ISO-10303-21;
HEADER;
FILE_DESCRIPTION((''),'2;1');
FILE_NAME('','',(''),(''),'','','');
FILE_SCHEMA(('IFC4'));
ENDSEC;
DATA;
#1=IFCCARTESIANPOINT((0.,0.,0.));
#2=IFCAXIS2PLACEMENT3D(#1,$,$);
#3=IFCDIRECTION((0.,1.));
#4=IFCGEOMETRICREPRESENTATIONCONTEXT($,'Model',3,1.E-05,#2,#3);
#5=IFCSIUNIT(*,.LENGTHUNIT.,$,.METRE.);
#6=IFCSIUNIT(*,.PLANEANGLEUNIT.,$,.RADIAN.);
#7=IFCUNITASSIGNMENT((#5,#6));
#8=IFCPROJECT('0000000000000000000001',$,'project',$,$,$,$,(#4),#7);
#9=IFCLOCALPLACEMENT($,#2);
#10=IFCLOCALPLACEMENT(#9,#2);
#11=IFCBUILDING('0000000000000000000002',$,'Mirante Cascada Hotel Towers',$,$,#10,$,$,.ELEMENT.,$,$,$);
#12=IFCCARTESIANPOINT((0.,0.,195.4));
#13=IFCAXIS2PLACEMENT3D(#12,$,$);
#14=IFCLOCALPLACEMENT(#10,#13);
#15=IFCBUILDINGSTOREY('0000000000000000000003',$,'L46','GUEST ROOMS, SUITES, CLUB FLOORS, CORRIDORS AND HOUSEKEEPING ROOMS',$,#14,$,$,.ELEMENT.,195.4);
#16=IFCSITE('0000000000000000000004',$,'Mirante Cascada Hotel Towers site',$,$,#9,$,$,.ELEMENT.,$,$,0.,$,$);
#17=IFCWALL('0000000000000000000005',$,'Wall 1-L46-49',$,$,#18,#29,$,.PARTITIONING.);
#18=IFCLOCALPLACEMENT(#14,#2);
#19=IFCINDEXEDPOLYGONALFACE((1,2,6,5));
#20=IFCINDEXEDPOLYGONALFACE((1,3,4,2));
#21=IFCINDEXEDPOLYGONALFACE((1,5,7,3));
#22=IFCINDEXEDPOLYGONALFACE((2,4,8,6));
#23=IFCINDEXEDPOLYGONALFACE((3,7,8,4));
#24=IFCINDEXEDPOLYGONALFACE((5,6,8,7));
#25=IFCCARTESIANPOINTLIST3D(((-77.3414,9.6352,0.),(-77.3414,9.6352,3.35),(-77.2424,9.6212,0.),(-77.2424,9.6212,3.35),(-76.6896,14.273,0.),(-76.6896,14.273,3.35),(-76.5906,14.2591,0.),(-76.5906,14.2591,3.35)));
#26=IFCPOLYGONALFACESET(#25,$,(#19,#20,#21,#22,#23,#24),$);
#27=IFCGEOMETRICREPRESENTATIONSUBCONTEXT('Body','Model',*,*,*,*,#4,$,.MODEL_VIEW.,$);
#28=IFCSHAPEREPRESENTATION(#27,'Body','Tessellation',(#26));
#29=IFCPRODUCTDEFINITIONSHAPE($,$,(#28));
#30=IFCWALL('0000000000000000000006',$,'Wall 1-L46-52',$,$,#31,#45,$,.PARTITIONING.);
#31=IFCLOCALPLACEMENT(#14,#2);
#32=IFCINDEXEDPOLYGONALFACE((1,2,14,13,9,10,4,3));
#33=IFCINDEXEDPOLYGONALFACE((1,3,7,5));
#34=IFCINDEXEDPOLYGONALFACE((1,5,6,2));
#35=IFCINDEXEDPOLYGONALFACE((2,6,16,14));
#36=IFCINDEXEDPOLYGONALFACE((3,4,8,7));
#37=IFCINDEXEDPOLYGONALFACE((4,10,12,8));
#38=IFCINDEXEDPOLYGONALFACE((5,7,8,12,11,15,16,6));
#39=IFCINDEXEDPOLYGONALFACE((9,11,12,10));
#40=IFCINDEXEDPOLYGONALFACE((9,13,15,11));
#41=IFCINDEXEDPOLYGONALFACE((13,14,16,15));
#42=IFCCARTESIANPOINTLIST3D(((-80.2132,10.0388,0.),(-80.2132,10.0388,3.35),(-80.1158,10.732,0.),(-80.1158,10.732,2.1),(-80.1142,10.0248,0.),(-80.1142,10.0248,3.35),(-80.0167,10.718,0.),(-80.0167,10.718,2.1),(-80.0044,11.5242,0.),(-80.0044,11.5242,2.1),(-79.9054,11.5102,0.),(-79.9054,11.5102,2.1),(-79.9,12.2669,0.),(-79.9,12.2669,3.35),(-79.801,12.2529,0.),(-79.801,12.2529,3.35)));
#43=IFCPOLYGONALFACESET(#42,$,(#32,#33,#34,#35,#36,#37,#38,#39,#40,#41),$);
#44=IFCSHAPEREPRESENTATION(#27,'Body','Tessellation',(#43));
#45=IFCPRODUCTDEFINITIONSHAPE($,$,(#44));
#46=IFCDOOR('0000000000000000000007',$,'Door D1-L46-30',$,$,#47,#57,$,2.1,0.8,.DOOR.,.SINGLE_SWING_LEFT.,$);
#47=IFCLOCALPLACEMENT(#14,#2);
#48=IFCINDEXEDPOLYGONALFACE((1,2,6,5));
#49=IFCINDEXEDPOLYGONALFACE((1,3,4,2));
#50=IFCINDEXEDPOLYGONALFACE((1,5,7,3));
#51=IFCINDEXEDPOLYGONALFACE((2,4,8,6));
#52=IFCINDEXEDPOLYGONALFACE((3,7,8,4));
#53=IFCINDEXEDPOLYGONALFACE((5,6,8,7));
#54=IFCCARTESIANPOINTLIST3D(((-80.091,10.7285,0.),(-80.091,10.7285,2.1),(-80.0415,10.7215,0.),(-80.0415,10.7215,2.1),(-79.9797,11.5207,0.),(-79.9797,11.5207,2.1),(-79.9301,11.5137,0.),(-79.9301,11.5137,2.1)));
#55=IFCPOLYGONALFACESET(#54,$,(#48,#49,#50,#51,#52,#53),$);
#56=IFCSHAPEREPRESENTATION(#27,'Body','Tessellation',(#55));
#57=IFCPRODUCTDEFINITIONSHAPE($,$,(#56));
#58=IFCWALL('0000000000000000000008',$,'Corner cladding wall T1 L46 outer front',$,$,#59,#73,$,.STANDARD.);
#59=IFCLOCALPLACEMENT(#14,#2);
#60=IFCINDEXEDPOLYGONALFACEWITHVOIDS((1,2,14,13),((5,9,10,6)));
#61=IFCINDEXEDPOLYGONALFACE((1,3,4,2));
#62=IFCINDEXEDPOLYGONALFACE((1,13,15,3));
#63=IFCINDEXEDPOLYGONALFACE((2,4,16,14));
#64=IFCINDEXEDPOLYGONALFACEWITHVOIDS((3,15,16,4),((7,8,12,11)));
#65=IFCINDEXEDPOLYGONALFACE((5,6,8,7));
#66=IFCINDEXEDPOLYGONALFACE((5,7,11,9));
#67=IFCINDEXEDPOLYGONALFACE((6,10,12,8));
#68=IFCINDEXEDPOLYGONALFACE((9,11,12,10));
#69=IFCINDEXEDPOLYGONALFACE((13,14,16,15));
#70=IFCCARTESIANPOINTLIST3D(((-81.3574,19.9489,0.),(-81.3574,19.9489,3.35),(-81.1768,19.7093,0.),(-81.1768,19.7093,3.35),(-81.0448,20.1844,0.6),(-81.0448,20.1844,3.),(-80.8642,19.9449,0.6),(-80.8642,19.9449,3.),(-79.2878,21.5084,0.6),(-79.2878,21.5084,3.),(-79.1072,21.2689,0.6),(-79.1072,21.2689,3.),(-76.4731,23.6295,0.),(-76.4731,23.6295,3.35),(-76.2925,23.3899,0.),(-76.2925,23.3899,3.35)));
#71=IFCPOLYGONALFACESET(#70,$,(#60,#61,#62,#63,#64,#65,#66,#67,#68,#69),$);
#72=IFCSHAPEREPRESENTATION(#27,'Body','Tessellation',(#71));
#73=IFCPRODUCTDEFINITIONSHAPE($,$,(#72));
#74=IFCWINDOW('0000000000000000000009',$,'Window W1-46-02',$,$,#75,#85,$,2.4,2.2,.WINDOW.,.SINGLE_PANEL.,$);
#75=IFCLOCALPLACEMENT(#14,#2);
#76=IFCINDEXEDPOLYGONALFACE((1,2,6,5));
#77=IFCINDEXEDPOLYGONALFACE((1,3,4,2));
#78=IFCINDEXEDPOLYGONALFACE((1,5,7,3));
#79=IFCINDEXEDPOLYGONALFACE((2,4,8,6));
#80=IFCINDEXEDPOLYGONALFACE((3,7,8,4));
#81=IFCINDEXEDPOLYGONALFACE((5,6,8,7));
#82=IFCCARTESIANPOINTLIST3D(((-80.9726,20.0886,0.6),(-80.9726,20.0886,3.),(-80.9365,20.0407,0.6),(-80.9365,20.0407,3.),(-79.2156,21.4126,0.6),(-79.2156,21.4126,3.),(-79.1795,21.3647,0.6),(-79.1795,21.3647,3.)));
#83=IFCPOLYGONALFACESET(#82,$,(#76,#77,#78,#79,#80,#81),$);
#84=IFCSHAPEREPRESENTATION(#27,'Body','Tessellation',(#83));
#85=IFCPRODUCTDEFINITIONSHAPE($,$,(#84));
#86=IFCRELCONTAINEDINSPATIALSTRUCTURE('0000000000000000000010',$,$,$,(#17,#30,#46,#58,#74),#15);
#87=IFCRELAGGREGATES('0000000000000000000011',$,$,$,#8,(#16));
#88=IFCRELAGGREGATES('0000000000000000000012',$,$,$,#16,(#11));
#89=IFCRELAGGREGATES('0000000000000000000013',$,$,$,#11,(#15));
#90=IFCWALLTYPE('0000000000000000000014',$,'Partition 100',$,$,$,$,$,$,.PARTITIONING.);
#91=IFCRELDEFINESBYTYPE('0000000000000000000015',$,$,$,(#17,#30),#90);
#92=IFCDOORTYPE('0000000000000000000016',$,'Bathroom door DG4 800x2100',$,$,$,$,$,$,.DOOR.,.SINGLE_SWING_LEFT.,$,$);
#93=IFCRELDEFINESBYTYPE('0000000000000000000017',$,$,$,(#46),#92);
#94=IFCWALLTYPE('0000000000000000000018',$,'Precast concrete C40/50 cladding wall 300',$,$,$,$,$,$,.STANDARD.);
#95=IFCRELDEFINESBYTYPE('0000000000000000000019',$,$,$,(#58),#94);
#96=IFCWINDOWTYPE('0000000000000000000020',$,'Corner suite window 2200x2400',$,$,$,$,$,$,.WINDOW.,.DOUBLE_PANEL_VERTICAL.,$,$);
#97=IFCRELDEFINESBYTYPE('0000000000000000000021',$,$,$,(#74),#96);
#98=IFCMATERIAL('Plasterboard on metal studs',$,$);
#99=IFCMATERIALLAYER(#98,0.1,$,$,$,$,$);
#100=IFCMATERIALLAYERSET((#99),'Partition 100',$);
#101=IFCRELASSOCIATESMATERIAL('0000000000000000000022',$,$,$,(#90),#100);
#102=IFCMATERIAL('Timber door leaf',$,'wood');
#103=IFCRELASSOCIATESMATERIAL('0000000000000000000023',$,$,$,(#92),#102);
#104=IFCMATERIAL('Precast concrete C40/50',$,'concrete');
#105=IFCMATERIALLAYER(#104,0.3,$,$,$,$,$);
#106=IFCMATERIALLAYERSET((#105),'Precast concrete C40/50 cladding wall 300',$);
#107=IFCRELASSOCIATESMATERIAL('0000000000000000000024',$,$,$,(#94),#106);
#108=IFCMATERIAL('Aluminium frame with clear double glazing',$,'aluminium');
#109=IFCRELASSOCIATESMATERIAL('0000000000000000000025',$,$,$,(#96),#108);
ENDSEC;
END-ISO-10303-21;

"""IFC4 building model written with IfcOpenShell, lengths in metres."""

from ifc_helpers import new_model, si_unit, direction, frame, frame_2d, origin, place, context, subcontext, project, spatial, rectangle, extrude, material, layer, layer_set, type_object, element, fill, save


model = new_model("IFC4")

# Units and contexts
model_context = context("Model", 3, precision=1e-05, world=origin(), true_north=direction((0.0, 1.0)))
body_context = subcontext(model_context, "Body", "Model", "MODEL_VIEW")
ifc_project = project(units=[si_unit("LENGTHUNIT", "METRE"), si_unit("PLANEANGLEUNIT", "RADIAN")], contexts=[model_context])

# Site, building, storey
site_placement = place(None, origin())
site = spatial("IfcSite", under=ifc_project, at=site_placement, Name="Mirante Cascada Hotel Towers site", CompositionType="ELEMENT", RefElevation=0.0)
building_placement = place(site_placement, origin())
building = spatial("IfcBuilding", under=site, at=building_placement, Name="Mirante Cascada Hotel Towers", CompositionType="ELEMENT")
storey_placement = place(building_placement, frame((0.0, 0.0, 195.4)))
storey = spatial("IfcBuildingStorey", under=building, at=storey_placement, Name="L46", Description="GUEST ROOMS, SUITES, CLUB FLOORS, CORRIDORS AND HOUSEKEEPING ROOMS", CompositionType="ELEMENT", Elevation=195.4)

# Shared definitions
ifc_material_1 = material(Name="Plasterboard on metal studs")
ifc_layer_1 = layer(ifc_material_1, 0.1)
ifc_layer_set_1 = layer_set([ifc_layer_1], Name="Partition 100")
wall_type_1 = type_object("IfcWallType", Name="Partition 100", PredefinedType="PARTITIONING", material=ifc_layer_set_1)

# Shared definitions
ifc_material_2 = material(Name="Timber door leaf", Category="wood")
door_type_1 = type_object("IfcDoorType", Name="Bathroom door DG4 800x2100", OperationType="SINGLE_SWING_LEFT", PredefinedType="DOOR", material=ifc_material_2)

# Wall
wall_1_placement = place(storey_placement, frame((-77.2919, 9.6282, 0.0), z_axis=(0.0, 0.0, 1.0), x_axis=(0.139173, 0.990268, 0.0)))
element("IfcWall", 1, at=wall_1_placement, inside=storey, type_object=wall_type_1, Name="Wall 1-L46-49", PredefinedType="PARTITIONING", context=body_context, shape_type="SweptSolid", body=[
    extrude(rectangle(XDim=4.6834, YDim=0.1, at=frame_2d((2.3417, 0.0))), origin(), (0.0, 0.0, 1.0), 3.35),
])

# Wall, opening, door
wall_2_placement = place(storey_placement, frame((-79.8505, 12.2599, 0.0), z_axis=(0.0, 0.0, 1.0), x_axis=(-0.1392, -0.990264, 0.0)))
wall_2 = element("IfcWall", 2, at=wall_2_placement, inside=storey, type_object=wall_type_1, Name="Wall 1-L46-52", PredefinedType="PARTITIONING", context=body_context, shape_type="SweptSolid", body=[
    extrude(rectangle(XDim=2.25, YDim=0.1, at=frame_2d((1.125, 0.0))), origin(), (0.0, 0.0, 1.0), 3.35),
])
opening_1_placement = place(wall_2_placement, frame((0.75, 0.0, 0.0)))
opening_1 = element("IfcOpeningElement", 3, at=opening_1_placement, cuts=wall_2, PredefinedType="OPENING", context=body_context, shape_type="SweptSolid", body=[
    extrude(rectangle(XDim=0.8, YDim=2.1, at=frame_2d((0.4, 1.05))), frame((0.0, 0.05, 0.0), z_axis=(0.0, -1.0, 0.0), x_axis=(1.0, 0.0, 0.0)), (0.0, 0.0, 1.0), 0.1),
])
door_1_placement = place(opening_1_placement, origin())
door_1 = element("IfcDoor", 4, at=door_1_placement, inside=storey, type_object=door_type_1, Name="Door D1-L46-30", OperationType="SINGLE_SWING_LEFT", OverallHeight=2.1, OverallWidth=0.8, PredefinedType="DOOR", context=body_context, shape_type="SweptSolid", body=[
    extrude(rectangle(XDim=0.8, YDim=2.1, at=frame_2d((0.4, 1.05))), frame((0.0, 0.025, 0.0), z_axis=(0.0, -1.0, 0.0), x_axis=(1.0, 0.0, 0.0)), (0.0, 0.0, 1.0), 0.05),
])
fill(opening_1, door_1)

# Wall, opening, window
ifc_material_3 = material(Name="Precast concrete C40/50", Category="concrete")
ifc_layer_2 = layer(ifc_material_3, 0.3)
ifc_layer_set_2 = layer_set([ifc_layer_2], Name="Precast concrete C40/50 cladding wall 300")
wall_type_2 = type_object("IfcWallType", Name="Precast concrete C40/50 cladding wall 300", PredefinedType="STANDARD", material=ifc_layer_set_2)
wall_3_placement = place(storey_placement, frame((-81.2671, 19.8291, 0.0), z_axis=(0.0, 0.0, 1.0), x_axis=(0.798634, 0.601817, 0.0)))
wall_3 = element("IfcWall", 5, at=wall_3_placement, inside=storey, type_object=wall_type_2, Name="Corner cladding wall T1 L46 outer front", PredefinedType="STANDARD", context=body_context, shape_type="SweptSolid", body=[
    extrude(rectangle(XDim=6.1158, YDim=0.3, at=frame_2d((3.0579, 0.0))), origin(), (0.0, 0.0, 1.0), 3.35),
])
opening_2_placement = place(wall_3_placement, frame((0.3914, 0.0, 0.6)))
opening_2 = element("IfcOpeningElement", 6, at=opening_2_placement, cuts=wall_3, PredefinedType="OPENING", context=body_context, shape_type="SweptSolid", body=[
    extrude(rectangle(XDim=2.2, YDim=2.4, at=frame_2d((1.1, 1.2))), frame((0.0, 0.15, 0.0), z_axis=(0.0, -1.0, 0.0), x_axis=(1.0, 0.0, 0.0)), (0.0, 0.0, 1.0), 0.3),
])
ifc_material_4 = material(Name="Aluminium frame with clear double glazing", Category="aluminium")
window_type = type_object("IfcWindowType", Name="Corner suite window 2200x2400", PartitioningType="DOUBLE_PANEL_VERTICAL", PredefinedType="WINDOW", material=ifc_material_4)
window_placement = place(opening_2_placement, origin())
window = element("IfcWindow", 7, at=window_placement, inside=storey, type_object=window_type, Name="Window W1-46-02", OverallHeight=2.4, OverallWidth=2.2, PartitioningType="SINGLE_PANEL", PredefinedType="WINDOW", context=body_context, shape_type="SweptSolid", body=[
    extrude(rectangle(XDim=2.2, YDim=2.4, at=frame_2d((1.1, 1.2))), frame((0.0, 0.03, 0.0), z_axis=(0.0, -1.0, 0.0), x_axis=(1.0, 0.0, 0.0)), (0.0, 0.0, 1.0), 0.06),
])
fill(opening_2, window)

save(model, "model.ifc")
